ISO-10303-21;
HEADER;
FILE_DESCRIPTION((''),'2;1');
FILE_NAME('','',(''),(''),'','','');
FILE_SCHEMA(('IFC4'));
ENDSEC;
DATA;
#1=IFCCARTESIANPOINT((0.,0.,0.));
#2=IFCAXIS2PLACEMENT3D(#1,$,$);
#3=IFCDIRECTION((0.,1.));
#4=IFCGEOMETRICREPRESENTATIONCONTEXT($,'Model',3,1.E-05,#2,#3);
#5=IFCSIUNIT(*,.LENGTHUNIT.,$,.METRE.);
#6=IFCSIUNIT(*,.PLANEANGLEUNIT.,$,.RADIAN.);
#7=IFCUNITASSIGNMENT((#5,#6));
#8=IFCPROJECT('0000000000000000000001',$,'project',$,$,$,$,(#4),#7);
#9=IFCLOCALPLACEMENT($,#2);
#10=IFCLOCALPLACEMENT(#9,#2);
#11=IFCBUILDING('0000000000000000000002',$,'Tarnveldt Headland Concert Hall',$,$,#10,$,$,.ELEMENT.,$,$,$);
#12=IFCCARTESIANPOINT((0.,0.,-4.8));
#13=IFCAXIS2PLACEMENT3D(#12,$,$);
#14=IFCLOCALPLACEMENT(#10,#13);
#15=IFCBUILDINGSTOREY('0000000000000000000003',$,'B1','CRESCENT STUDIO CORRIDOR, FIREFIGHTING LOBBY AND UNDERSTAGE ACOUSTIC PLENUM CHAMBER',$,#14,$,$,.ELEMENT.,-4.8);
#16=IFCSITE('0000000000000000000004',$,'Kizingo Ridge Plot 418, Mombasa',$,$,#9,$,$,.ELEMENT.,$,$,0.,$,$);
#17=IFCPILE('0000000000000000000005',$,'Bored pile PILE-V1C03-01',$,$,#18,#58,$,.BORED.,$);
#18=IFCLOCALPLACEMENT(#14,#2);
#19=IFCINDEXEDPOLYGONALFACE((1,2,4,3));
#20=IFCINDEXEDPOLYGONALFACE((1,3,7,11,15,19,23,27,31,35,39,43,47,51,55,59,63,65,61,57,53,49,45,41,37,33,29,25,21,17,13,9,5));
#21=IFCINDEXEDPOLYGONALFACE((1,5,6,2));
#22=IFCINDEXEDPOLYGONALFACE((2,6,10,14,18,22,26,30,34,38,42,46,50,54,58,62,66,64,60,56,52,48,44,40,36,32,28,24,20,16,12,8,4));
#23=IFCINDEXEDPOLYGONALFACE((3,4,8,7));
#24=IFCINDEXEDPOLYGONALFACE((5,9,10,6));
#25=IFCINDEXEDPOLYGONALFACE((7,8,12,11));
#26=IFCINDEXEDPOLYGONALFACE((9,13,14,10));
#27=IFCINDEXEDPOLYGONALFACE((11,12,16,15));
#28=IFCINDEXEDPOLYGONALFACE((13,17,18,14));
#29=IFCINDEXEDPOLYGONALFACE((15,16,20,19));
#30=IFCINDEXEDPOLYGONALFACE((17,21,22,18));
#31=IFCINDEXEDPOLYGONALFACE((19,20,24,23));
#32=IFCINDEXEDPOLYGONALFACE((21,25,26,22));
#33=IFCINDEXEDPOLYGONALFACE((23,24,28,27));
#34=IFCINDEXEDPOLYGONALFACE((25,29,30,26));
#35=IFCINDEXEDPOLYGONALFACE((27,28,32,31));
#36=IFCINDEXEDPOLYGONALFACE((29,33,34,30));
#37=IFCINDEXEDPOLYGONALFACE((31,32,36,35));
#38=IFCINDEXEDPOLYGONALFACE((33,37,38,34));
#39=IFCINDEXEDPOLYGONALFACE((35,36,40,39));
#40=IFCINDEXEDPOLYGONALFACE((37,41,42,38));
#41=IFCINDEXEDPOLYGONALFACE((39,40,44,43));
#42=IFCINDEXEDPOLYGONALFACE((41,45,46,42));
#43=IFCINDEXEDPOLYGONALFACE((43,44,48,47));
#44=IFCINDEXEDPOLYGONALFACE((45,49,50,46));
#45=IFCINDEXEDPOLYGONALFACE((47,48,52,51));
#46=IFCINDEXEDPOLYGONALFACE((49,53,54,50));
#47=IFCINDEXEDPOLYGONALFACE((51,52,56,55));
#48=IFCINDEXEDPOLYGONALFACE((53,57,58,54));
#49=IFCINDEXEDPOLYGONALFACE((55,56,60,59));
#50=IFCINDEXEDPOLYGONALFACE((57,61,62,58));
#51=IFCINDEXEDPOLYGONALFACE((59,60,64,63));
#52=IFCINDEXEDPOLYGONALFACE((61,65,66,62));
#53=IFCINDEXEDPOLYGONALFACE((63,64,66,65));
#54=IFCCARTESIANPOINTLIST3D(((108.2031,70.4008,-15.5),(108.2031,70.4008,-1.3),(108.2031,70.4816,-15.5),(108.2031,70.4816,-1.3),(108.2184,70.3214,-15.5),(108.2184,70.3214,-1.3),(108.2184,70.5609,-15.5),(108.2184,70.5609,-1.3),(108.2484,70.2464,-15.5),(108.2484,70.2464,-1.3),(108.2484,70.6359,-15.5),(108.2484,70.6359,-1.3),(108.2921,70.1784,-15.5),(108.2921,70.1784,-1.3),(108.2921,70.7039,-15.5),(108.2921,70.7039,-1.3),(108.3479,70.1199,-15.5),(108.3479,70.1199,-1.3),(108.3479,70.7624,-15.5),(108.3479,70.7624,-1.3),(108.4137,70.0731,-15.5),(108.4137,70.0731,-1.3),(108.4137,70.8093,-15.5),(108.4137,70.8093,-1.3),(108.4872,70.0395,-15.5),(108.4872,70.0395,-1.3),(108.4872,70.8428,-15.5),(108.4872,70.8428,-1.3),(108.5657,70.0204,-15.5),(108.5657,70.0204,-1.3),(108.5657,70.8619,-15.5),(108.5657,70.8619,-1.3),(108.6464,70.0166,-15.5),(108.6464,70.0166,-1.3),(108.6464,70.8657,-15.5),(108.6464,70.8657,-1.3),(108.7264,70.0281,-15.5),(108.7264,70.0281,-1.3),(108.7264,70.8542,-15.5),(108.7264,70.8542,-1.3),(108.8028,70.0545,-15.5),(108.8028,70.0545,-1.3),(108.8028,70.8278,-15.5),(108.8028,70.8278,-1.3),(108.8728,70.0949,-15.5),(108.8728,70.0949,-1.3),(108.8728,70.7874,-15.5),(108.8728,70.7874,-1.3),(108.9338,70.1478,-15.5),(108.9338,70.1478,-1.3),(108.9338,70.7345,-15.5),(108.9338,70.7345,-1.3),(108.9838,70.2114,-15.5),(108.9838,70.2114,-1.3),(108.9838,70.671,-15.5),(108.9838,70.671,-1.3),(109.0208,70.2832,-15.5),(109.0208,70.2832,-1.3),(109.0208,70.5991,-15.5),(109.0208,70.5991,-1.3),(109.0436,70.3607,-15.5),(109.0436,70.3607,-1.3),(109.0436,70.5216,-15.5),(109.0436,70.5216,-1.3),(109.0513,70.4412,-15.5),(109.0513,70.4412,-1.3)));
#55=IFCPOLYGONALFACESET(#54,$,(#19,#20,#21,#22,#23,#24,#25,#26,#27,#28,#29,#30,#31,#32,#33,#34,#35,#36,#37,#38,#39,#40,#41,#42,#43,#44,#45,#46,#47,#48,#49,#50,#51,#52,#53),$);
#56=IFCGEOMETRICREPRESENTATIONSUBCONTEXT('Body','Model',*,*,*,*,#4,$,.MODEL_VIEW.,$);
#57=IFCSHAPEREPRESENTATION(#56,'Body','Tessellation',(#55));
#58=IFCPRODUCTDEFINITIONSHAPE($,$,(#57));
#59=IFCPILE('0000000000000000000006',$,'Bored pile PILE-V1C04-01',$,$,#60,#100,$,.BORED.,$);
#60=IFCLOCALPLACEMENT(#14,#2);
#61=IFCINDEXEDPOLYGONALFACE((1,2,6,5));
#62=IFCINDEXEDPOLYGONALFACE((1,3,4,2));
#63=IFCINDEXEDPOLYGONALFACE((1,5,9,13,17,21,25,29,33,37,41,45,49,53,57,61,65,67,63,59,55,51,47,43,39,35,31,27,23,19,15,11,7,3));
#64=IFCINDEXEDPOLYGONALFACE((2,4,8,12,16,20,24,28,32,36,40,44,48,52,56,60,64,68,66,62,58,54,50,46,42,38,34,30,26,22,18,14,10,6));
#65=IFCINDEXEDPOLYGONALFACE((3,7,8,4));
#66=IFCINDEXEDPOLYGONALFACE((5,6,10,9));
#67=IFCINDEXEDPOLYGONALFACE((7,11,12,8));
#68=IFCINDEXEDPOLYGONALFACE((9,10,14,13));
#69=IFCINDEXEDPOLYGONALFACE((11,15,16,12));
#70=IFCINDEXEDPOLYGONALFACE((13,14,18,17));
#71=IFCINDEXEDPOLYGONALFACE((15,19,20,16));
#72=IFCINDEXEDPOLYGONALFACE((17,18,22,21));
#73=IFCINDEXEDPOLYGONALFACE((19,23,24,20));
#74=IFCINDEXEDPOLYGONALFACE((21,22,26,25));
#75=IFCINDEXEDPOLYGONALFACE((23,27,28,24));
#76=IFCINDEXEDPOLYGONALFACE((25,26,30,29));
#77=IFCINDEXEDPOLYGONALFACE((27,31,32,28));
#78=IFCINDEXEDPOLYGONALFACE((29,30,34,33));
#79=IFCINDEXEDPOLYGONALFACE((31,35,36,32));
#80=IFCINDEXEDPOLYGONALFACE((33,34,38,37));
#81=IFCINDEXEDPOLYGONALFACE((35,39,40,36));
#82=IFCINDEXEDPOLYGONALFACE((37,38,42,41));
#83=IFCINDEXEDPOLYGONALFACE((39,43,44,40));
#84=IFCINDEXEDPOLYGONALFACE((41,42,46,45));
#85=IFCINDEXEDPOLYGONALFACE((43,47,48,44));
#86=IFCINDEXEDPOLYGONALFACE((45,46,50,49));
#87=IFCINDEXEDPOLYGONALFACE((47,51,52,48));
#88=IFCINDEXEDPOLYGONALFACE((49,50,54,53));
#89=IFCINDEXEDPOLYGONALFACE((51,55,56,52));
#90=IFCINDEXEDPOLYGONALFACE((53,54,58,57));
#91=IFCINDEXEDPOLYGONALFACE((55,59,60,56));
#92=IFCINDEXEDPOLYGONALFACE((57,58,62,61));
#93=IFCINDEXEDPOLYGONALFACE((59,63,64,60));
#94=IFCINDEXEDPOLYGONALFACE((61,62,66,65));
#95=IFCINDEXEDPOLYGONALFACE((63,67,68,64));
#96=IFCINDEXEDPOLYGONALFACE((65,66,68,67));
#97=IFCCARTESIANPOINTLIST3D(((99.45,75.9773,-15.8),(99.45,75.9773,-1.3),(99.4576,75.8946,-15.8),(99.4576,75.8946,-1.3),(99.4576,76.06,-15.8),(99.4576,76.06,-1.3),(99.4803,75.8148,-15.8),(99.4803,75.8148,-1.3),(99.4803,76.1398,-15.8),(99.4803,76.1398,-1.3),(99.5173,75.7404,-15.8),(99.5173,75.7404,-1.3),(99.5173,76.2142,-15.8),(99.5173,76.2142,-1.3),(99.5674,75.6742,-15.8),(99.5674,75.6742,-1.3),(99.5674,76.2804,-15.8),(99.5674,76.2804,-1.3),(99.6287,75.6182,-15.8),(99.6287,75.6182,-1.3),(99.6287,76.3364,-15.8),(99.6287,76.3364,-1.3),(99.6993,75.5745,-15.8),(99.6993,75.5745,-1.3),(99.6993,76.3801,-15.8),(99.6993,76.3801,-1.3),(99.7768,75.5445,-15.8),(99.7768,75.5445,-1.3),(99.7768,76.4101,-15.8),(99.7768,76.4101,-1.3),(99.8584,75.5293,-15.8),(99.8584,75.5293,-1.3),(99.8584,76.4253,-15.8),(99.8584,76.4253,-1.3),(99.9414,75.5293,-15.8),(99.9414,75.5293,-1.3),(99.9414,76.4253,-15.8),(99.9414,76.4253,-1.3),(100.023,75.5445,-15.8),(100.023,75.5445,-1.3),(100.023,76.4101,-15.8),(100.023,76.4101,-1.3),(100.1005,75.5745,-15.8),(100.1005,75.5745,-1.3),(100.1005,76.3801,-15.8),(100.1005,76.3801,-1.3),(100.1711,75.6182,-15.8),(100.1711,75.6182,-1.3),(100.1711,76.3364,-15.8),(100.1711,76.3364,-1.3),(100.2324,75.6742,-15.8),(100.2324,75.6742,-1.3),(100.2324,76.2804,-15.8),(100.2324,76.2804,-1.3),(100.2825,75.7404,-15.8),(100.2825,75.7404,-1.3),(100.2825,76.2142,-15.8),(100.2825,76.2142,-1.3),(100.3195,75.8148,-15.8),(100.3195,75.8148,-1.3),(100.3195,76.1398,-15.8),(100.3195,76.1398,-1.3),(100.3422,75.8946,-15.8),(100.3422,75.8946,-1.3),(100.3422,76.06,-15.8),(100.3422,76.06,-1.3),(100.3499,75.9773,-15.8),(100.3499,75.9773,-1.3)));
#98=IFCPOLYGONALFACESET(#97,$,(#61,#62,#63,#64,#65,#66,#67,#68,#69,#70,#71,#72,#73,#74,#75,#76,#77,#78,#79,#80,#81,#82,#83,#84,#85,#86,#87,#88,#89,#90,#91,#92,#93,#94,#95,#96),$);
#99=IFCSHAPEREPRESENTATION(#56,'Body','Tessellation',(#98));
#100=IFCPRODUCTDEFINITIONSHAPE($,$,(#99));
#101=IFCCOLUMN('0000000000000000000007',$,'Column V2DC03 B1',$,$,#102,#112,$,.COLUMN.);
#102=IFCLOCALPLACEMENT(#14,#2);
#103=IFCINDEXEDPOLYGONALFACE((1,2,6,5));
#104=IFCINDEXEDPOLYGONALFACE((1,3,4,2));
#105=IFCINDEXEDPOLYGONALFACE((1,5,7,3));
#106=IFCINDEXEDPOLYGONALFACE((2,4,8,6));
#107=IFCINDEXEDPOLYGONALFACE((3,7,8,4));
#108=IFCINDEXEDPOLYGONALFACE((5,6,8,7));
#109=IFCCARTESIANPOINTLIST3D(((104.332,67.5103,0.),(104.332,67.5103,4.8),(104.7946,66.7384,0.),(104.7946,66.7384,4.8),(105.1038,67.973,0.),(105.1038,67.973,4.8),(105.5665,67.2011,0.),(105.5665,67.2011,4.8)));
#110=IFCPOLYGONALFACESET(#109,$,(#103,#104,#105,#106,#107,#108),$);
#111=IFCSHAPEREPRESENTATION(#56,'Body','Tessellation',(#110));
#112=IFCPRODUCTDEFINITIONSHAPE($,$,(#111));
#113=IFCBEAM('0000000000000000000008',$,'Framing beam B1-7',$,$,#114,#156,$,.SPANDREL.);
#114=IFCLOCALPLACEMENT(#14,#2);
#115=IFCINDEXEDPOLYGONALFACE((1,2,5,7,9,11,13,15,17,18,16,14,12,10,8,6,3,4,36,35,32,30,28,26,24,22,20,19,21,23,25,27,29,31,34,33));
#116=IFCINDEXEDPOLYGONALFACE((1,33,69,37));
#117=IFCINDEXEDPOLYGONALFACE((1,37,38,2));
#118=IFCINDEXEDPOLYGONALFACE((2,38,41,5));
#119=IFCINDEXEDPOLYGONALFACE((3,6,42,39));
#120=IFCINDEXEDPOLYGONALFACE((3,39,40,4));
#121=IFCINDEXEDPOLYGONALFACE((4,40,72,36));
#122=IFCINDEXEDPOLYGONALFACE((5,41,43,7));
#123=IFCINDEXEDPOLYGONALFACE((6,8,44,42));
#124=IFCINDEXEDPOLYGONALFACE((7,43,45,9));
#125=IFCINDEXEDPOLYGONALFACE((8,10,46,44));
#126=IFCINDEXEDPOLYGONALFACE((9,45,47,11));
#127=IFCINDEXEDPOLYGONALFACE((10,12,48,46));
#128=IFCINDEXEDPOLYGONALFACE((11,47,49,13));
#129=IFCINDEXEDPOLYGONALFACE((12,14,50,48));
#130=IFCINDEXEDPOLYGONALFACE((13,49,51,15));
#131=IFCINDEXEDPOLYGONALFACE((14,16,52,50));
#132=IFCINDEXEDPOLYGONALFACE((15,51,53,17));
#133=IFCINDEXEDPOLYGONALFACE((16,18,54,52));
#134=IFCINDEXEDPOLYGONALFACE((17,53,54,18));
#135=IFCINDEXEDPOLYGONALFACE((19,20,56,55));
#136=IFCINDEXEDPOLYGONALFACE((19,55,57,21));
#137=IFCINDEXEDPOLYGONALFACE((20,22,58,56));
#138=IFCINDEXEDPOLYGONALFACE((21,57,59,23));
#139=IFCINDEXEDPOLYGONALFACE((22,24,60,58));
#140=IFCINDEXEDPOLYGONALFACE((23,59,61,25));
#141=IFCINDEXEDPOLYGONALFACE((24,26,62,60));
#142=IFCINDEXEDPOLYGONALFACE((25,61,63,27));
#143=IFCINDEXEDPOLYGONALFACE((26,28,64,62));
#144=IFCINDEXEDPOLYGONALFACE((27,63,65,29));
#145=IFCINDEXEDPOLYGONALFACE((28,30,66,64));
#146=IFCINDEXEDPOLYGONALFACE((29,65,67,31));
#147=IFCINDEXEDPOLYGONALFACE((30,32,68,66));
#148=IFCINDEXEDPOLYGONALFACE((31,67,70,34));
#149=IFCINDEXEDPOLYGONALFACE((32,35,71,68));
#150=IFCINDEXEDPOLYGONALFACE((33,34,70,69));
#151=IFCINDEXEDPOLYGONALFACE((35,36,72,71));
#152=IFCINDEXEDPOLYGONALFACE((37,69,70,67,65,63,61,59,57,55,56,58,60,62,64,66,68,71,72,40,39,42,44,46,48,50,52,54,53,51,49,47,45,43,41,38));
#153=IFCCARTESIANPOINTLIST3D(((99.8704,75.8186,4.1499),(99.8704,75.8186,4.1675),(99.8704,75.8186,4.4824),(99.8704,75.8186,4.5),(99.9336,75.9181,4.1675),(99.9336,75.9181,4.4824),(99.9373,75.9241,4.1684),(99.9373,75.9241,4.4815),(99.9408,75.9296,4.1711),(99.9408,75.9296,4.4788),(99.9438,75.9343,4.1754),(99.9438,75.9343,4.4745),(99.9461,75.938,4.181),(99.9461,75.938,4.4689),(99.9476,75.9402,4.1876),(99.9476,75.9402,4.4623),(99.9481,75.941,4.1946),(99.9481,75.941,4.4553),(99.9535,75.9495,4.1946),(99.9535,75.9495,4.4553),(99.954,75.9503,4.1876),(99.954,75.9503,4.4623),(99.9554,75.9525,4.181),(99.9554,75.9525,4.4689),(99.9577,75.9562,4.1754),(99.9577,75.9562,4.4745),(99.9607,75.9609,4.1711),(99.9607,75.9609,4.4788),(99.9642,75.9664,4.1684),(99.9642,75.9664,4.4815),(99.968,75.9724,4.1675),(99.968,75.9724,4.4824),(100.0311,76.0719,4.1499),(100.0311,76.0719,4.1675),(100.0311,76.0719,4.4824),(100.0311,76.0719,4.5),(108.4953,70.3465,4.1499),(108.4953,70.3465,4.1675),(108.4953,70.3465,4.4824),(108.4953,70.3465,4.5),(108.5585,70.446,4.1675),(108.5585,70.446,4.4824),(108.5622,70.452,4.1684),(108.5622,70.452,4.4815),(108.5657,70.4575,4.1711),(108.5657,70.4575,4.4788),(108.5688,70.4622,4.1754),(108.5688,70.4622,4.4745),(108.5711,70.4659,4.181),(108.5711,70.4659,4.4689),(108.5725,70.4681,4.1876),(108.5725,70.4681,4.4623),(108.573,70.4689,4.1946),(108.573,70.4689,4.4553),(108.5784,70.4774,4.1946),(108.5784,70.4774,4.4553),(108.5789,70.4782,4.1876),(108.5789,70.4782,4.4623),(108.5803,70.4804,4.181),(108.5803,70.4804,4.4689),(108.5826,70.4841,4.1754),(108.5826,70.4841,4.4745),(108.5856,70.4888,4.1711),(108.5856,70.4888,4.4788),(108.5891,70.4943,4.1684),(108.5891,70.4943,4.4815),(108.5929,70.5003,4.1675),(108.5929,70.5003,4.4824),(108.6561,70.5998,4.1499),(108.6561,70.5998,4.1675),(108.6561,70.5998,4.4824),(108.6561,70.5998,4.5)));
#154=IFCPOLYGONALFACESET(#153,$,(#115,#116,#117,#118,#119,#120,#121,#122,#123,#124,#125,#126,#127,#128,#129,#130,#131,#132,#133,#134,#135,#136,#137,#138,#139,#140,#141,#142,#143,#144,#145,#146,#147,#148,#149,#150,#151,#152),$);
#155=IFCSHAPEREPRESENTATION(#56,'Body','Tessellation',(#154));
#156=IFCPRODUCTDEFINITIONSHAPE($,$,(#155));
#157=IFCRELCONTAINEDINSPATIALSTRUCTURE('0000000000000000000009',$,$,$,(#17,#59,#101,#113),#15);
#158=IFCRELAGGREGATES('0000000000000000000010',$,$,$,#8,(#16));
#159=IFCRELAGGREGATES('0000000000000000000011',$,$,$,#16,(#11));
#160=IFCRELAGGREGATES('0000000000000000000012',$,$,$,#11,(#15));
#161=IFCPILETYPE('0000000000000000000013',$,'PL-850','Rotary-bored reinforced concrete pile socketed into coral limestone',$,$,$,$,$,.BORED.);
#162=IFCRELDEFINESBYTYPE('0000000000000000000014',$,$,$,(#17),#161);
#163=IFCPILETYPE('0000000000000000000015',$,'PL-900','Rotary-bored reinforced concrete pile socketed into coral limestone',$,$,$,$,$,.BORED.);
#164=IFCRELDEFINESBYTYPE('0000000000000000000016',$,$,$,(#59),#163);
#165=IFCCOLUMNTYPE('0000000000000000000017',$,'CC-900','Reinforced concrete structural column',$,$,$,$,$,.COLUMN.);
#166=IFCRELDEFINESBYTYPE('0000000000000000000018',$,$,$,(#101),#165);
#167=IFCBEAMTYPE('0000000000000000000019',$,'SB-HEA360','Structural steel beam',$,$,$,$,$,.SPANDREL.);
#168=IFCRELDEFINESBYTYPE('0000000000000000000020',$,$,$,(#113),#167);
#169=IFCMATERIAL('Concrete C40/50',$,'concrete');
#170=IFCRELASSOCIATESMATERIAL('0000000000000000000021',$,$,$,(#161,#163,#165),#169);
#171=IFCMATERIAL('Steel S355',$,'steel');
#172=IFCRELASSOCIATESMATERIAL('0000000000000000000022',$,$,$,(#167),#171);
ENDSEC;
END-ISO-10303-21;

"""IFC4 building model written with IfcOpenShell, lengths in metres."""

from ifc_helpers import new_model, si_unit, direction, frame, origin, origin_2d, place, context, subcontext, project, spatial, rectangle, circle, i_section, extrude, material, material_profile, profile_set, type_object, element, save


model = new_model("IFC4")

# Units and contexts
model_context = context("Model", 3, precision=1e-05, world=origin(), true_north=direction((0.0, 1.0)))
body_context = subcontext(model_context, "Body", "Model", "MODEL_VIEW")
ifc_project = project(units=[si_unit("LENGTHUNIT", "METRE"), si_unit("PLANEANGLEUNIT", "RADIAN")], contexts=[model_context])

# Site, building, storey
site_placement = place(None, origin())
site = spatial("IfcSite", under=ifc_project, at=site_placement, Name="Kizingo Ridge Plot 418, Mombasa", CompositionType="ELEMENT", RefElevation=0.0)
building_placement = place(site_placement, origin())
building = spatial("IfcBuilding", under=site, at=building_placement, Name="Tarnveldt Headland Concert Hall", CompositionType="ELEMENT")
storey_placement = place(building_placement, frame((0.0, 0.0, -4.8)))
storey = spatial("IfcBuildingStorey", under=building, at=storey_placement, Name="B1", Description="CRESCENT STUDIO CORRIDOR, FIREFIGHTING LOBBY AND UNDERSTAGE ACOUSTIC PLENUM CHAMBER", CompositionType="ELEMENT", Elevation=-4.8)

# Shared definitions
ifc_material_1 = material(Name="Concrete C40/50", Category="concrete")

# Piles
ifc_material_profile_1 = material_profile(ifc_material_1, circle(Radius=0.425, at=origin_2d()), Name="BORED PILE D850", Category="concrete")
ifc_profile_set_1 = profile_set([ifc_material_profile_1], Name="Concrete C40/50")
pile_type_1 = type_object("IfcPileType", Name="PL-850", Description="Rotary-bored reinforced concrete pile socketed into coral limestone", PredefinedType="BORED", material=ifc_profile_set_1)
pile_1_placement = place(storey_placement, frame((108.6262, 70.4412, -1.3), z_axis=(0.0, 0.0, -1.0), x_axis=(1.0, 0.0, 0.0)))
element("IfcPile", 1, at=pile_1_placement, inside=storey, type_object=pile_type_1, Name="Bored pile PILE-V1C03-01", PredefinedType="BORED", context=body_context, shape_type="SweptSolid", body=[
    extrude(circle(Radius=0.425, at=origin_2d()), origin(), (0.0, 0.0, 1.0), 14.2),
])
ifc_material_profile_2 = material_profile(ifc_material_1, circle(Radius=0.45, at=origin_2d()), Name="BORED PILE D900", Category="concrete")
ifc_profile_set_2 = profile_set([ifc_material_profile_2], Name="Concrete C40/50")
pile_type_2 = type_object("IfcPileType", Name="PL-900", Description="Rotary-bored reinforced concrete pile socketed into coral limestone", PredefinedType="BORED", material=ifc_profile_set_2)
pile_2_placement = place(storey_placement, frame((99.8999, 75.9773, -1.3), z_axis=(0.0, 0.0, -1.0), x_axis=(1.0, 0.0, 0.0)))
element("IfcPile", 2, at=pile_2_placement, inside=storey, type_object=pile_type_2, Name="Bored pile PILE-V1C04-01", PredefinedType="BORED", context=body_context, shape_type="SweptSolid", body=[
    extrude(circle(Radius=0.45, at=origin_2d()), origin(), (0.0, 0.0, 1.0), 14.5),
])

# Column
ifc_material_profile_3 = material_profile(ifc_material_1, rectangle(XDim=0.8999, YDim=0.8999, at=origin_2d()), Name="RC 900x900", Category="concrete")
ifc_profile_set_3 = profile_set([ifc_material_profile_3], Name="Concrete C40/50")
column_type_1 = type_object("IfcColumnType", Name="CC-900", Description="Reinforced concrete structural column", PredefinedType="COLUMN", material=ifc_profile_set_3)
column_placement = place(storey_placement, frame((104.9492, 67.3557, 0.0), z_axis=(0.0, 0.0, 1.0), x_axis=(0.857706, 0.51414, 0.0)))
element("IfcColumn", 3, at=column_placement, inside=storey, type_object=column_type_1, Name="Column V2DC03 B1", PredefinedType="COLUMN", context=body_context, shape_type="SweptSolid", body=[
    extrude(rectangle(XDim=0.8999, YDim=0.8999, at=origin_2d()), origin(), (0.0, 0.0, 1.0), 4.8),
])

# Beam
ifc_material_2 = material(Name="Steel S355", Category="steel")
ifc_material_profile_4 = material_profile(ifc_material_2, i_section(OverallWidth=0.3, OverallDepth=0.3501, WebThickness=0.01, FlangeThickness=0.0176, FilletRadius=0.0271, at=origin_2d()), Name="HEA360", Category="steel")
ifc_profile_set_4 = profile_set([ifc_material_profile_4], Name="Steel S355")
beam_type_1 = type_object("IfcBeamType", Name="SB-HEA360", Description="Structural steel beam", PredefinedType="SPANDREL", material=ifc_profile_set_4)
beam_1_placement = place(storey_placement, frame((108.5757, 70.4731, 4.325), z_axis=(-0.844391, 0.535727, 0.0), x_axis=(-0.535727, -0.844391, 0.0)))
element("IfcBeam", 4, at=beam_1_placement, inside=storey, type_object=beam_type_1, Name="Framing beam B1-7", PredefinedType="SPANDREL", context=body_context, shape_type="SweptSolid", body=[
    extrude(i_section(OverallWidth=0.3, OverallDepth=0.3501, WebThickness=0.01, FlangeThickness=0.0176, FilletRadius=0.0271, at=origin_2d()), origin(), (0.0, 0.0, 1.0), 10.2144),
])

save(model, "model.ifc")
